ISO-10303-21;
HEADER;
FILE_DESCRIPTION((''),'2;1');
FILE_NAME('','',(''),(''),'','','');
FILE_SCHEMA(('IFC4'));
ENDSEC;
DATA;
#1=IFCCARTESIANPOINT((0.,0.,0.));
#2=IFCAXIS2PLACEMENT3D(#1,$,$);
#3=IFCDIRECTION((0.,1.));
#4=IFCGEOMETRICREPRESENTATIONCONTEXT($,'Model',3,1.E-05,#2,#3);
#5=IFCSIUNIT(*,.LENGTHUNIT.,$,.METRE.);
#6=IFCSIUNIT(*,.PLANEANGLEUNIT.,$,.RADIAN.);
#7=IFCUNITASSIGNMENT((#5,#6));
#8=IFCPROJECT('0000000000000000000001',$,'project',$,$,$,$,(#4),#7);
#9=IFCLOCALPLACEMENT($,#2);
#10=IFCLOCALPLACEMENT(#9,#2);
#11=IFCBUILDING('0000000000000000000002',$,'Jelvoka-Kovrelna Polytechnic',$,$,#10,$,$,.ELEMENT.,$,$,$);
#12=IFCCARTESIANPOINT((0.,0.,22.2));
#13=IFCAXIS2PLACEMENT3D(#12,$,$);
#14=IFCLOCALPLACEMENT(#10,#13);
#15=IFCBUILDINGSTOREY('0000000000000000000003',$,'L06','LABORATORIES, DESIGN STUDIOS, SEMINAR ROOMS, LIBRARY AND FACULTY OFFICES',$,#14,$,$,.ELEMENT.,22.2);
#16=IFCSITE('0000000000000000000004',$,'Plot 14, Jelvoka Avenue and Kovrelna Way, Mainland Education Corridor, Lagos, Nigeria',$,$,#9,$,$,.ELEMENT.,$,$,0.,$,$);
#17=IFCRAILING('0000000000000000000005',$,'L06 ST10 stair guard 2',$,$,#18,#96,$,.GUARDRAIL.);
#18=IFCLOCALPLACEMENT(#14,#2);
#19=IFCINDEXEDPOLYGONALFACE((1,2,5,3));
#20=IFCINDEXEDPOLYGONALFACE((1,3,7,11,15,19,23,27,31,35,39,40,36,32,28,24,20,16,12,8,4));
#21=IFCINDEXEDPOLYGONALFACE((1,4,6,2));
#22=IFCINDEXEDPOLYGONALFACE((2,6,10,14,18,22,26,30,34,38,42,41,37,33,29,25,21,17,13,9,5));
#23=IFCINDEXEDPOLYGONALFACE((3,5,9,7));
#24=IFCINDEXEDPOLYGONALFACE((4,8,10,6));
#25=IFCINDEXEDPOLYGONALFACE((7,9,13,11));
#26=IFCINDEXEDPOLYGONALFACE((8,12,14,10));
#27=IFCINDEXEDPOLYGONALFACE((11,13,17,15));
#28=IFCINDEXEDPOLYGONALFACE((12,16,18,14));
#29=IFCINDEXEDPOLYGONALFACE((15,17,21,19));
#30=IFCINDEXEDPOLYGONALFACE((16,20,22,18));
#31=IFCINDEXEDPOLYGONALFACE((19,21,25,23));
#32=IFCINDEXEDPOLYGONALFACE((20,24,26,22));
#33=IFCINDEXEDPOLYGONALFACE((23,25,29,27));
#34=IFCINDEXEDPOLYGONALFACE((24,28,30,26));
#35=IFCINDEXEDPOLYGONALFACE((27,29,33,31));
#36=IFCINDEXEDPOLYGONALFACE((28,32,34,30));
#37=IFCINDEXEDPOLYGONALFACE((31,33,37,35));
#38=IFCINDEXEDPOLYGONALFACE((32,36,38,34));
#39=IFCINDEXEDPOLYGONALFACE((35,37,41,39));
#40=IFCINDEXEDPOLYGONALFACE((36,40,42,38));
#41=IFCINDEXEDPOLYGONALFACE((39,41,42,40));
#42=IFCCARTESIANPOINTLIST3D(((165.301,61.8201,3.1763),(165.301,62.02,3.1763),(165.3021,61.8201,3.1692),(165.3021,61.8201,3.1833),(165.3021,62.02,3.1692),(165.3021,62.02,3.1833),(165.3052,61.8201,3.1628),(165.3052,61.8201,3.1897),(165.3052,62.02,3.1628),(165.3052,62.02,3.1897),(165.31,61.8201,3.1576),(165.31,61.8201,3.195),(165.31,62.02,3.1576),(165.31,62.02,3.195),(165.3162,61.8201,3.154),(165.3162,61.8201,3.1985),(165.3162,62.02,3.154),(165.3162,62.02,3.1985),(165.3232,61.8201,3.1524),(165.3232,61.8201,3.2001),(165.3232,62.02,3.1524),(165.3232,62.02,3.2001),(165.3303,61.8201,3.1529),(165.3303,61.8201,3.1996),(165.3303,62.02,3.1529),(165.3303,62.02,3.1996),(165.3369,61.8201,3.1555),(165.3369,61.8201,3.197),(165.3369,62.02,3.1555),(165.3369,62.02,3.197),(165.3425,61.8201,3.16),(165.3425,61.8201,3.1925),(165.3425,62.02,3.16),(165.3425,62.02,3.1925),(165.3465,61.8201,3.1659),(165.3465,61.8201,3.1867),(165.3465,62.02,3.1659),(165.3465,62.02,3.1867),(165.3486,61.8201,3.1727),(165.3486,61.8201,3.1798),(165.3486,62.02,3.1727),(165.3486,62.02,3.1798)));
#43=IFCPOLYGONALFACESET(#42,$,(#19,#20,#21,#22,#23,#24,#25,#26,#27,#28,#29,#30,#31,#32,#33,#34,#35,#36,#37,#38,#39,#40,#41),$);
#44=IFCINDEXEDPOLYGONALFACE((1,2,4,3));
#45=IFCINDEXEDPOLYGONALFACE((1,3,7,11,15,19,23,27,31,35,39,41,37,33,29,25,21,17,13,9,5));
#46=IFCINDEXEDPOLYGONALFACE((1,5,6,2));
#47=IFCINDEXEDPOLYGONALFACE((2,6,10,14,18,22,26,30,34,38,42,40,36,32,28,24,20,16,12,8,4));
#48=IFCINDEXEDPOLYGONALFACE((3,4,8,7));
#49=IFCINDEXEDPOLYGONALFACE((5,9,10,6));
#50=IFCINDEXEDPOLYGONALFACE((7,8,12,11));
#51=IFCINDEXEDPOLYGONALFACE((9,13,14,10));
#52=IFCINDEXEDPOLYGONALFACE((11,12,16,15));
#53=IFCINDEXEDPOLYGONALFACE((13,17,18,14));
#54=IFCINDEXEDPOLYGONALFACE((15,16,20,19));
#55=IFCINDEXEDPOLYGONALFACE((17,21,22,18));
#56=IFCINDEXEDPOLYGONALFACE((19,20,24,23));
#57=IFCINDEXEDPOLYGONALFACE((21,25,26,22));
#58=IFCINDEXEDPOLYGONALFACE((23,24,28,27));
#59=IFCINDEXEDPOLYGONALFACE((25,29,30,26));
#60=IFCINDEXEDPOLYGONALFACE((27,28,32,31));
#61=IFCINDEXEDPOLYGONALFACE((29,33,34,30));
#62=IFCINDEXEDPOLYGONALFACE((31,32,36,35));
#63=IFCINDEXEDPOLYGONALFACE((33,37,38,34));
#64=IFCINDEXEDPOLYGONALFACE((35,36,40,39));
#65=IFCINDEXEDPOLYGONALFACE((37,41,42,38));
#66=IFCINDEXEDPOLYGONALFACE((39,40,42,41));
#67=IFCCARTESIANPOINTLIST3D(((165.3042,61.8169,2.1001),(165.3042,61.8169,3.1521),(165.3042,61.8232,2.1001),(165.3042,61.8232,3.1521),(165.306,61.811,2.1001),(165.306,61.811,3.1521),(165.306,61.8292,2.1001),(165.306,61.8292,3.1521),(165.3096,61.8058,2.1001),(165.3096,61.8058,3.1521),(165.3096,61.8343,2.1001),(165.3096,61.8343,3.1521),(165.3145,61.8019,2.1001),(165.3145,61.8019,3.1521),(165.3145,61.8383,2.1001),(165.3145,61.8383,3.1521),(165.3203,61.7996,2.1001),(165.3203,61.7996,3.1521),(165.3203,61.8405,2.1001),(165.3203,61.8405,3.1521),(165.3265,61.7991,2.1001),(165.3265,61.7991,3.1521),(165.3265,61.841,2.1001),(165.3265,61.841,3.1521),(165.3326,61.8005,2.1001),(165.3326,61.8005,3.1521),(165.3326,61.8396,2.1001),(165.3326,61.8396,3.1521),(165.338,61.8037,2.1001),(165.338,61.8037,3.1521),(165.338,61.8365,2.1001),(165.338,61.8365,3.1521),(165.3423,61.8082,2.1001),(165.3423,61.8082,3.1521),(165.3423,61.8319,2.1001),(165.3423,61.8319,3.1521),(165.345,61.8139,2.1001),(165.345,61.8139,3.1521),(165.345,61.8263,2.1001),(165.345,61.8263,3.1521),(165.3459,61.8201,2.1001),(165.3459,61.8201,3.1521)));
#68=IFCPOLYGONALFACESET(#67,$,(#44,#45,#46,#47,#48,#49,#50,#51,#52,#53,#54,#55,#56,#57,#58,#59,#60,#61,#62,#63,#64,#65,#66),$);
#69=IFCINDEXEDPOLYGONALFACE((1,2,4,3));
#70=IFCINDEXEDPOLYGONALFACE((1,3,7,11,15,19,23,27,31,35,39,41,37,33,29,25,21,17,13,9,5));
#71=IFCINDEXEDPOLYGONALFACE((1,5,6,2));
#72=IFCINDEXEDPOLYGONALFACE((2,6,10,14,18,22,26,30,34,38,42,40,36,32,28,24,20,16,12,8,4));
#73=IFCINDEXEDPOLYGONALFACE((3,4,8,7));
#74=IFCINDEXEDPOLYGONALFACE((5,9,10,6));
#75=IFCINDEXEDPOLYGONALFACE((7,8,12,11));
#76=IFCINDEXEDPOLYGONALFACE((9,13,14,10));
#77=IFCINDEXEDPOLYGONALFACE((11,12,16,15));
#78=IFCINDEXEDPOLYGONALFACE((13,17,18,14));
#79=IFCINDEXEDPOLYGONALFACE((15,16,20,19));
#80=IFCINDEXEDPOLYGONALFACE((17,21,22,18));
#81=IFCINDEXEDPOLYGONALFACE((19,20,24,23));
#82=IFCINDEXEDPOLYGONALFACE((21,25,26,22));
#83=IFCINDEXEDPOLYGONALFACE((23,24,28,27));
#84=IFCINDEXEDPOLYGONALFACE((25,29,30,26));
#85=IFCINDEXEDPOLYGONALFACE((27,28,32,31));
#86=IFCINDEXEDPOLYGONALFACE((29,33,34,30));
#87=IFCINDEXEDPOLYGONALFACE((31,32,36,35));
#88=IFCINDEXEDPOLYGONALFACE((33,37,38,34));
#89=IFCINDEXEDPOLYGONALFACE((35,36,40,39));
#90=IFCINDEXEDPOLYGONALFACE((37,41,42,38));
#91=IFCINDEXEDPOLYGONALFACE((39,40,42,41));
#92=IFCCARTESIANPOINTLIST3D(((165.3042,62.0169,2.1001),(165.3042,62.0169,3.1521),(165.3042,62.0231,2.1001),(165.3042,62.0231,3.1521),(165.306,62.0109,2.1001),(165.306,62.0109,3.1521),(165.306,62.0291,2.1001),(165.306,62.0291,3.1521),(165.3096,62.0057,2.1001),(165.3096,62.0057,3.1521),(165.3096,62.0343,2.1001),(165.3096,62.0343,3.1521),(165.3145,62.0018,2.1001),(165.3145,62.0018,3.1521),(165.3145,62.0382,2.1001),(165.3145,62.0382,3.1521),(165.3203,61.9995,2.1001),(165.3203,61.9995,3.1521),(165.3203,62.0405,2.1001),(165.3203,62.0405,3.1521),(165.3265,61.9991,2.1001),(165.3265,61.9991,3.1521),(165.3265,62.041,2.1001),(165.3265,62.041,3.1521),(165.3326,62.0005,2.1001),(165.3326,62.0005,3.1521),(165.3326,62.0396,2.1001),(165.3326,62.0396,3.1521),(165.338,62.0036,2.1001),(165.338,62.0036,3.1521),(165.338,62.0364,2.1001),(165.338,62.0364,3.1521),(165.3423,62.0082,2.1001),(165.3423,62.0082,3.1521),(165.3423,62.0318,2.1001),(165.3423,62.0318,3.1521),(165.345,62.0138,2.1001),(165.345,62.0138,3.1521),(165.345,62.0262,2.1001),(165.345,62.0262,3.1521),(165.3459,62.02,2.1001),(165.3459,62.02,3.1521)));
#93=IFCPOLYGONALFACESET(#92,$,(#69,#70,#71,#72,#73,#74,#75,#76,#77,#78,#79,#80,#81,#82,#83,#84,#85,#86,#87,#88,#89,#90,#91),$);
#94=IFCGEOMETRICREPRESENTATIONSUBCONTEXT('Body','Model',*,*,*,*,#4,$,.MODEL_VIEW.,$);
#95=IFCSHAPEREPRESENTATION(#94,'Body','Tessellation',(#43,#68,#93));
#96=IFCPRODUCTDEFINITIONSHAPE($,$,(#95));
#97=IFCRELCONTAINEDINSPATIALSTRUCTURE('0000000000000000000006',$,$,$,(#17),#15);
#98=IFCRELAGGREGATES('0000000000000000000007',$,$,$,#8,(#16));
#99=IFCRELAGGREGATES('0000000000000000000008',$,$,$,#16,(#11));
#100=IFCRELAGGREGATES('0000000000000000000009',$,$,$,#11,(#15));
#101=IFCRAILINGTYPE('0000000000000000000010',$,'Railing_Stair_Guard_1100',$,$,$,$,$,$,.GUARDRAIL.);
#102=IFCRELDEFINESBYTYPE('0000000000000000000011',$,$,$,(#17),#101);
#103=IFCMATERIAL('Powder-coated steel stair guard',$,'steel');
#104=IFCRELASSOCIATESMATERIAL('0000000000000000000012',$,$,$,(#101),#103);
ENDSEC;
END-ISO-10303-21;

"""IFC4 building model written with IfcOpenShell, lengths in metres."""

from ifc_helpers import new_model, si_unit, direction, frame, origin, origin_2d, place, context, subcontext, project, spatial, circle, extrude, material, type_object, element, save


model = new_model("IFC4")

# Units and contexts
model_context = context("Model", 3, precision=1e-05, world=origin(), true_north=direction((0.0, 1.0)))
body_context = subcontext(model_context, "Body", "Model", "MODEL_VIEW")
ifc_project = project(units=[si_unit("LENGTHUNIT", "METRE"), si_unit("PLANEANGLEUNIT", "RADIAN")], contexts=[model_context])

# Site, building, storey
site_placement = place(None, origin())
site = spatial("IfcSite", under=ifc_project, at=site_placement, Name="Plot 14, Jelvoka Avenue and Kovrelna Way, Mainland Education Corridor, Lagos, Nigeria", CompositionType="ELEMENT", RefElevation=0.0)
building_placement = place(site_placement, origin())
building = spatial("IfcBuilding", under=site, at=building_placement, Name="Jelvoka-Kovrelna Polytechnic", CompositionType="ELEMENT")
storey_placement = place(building_placement, frame((0.0, 0.0, 22.2)))
storey = spatial("IfcBuildingStorey", under=building, at=storey_placement, Name="L06", Description="LABORATORIES, DESIGN STUDIOS, SEMINAR ROOMS, LIBRARY AND FACULTY OFFICES", CompositionType="ELEMENT", Elevation=22.2)

# Railing
ifc_material_1 = material(Name="Powder-coated steel stair guard", Category="steel")
railing_type_1 = type_object("IfcRailingType", Name="Railing_Stair_Guard_1100", PredefinedType="GUARDRAIL", material=ifc_material_1)
railing_1_placement = place(storey_placement, frame((165.325, 61.8201, 2.1001)))
element("IfcRailing", 1, at=railing_1_placement, inside=storey, type_object=railing_type_1, Name="L06 ST10 stair guard 2", PredefinedType="GUARDRAIL", context=body_context, shape_type="SweptSolid", body=[
    extrude(circle(Radius=0.0239, at=origin_2d()), frame((0.0, 0.0, 1.0762), z_axis=(0.0, 1.0, 0.0), x_axis=(-1.0, 0.0, 0.0)), (0.0, 0.0, 1.0), 0.2),
    extrude(circle(Radius=0.021, at=origin_2d()), origin(), (0.0, 0.0, 1.0), 1.052),
    extrude(circle(Radius=0.021, at=origin_2d()), frame((0.0, 0.2, 0.0)), (0.0, 0.0, 1.0), 1.052),
])

save(model, "model.ifc")
